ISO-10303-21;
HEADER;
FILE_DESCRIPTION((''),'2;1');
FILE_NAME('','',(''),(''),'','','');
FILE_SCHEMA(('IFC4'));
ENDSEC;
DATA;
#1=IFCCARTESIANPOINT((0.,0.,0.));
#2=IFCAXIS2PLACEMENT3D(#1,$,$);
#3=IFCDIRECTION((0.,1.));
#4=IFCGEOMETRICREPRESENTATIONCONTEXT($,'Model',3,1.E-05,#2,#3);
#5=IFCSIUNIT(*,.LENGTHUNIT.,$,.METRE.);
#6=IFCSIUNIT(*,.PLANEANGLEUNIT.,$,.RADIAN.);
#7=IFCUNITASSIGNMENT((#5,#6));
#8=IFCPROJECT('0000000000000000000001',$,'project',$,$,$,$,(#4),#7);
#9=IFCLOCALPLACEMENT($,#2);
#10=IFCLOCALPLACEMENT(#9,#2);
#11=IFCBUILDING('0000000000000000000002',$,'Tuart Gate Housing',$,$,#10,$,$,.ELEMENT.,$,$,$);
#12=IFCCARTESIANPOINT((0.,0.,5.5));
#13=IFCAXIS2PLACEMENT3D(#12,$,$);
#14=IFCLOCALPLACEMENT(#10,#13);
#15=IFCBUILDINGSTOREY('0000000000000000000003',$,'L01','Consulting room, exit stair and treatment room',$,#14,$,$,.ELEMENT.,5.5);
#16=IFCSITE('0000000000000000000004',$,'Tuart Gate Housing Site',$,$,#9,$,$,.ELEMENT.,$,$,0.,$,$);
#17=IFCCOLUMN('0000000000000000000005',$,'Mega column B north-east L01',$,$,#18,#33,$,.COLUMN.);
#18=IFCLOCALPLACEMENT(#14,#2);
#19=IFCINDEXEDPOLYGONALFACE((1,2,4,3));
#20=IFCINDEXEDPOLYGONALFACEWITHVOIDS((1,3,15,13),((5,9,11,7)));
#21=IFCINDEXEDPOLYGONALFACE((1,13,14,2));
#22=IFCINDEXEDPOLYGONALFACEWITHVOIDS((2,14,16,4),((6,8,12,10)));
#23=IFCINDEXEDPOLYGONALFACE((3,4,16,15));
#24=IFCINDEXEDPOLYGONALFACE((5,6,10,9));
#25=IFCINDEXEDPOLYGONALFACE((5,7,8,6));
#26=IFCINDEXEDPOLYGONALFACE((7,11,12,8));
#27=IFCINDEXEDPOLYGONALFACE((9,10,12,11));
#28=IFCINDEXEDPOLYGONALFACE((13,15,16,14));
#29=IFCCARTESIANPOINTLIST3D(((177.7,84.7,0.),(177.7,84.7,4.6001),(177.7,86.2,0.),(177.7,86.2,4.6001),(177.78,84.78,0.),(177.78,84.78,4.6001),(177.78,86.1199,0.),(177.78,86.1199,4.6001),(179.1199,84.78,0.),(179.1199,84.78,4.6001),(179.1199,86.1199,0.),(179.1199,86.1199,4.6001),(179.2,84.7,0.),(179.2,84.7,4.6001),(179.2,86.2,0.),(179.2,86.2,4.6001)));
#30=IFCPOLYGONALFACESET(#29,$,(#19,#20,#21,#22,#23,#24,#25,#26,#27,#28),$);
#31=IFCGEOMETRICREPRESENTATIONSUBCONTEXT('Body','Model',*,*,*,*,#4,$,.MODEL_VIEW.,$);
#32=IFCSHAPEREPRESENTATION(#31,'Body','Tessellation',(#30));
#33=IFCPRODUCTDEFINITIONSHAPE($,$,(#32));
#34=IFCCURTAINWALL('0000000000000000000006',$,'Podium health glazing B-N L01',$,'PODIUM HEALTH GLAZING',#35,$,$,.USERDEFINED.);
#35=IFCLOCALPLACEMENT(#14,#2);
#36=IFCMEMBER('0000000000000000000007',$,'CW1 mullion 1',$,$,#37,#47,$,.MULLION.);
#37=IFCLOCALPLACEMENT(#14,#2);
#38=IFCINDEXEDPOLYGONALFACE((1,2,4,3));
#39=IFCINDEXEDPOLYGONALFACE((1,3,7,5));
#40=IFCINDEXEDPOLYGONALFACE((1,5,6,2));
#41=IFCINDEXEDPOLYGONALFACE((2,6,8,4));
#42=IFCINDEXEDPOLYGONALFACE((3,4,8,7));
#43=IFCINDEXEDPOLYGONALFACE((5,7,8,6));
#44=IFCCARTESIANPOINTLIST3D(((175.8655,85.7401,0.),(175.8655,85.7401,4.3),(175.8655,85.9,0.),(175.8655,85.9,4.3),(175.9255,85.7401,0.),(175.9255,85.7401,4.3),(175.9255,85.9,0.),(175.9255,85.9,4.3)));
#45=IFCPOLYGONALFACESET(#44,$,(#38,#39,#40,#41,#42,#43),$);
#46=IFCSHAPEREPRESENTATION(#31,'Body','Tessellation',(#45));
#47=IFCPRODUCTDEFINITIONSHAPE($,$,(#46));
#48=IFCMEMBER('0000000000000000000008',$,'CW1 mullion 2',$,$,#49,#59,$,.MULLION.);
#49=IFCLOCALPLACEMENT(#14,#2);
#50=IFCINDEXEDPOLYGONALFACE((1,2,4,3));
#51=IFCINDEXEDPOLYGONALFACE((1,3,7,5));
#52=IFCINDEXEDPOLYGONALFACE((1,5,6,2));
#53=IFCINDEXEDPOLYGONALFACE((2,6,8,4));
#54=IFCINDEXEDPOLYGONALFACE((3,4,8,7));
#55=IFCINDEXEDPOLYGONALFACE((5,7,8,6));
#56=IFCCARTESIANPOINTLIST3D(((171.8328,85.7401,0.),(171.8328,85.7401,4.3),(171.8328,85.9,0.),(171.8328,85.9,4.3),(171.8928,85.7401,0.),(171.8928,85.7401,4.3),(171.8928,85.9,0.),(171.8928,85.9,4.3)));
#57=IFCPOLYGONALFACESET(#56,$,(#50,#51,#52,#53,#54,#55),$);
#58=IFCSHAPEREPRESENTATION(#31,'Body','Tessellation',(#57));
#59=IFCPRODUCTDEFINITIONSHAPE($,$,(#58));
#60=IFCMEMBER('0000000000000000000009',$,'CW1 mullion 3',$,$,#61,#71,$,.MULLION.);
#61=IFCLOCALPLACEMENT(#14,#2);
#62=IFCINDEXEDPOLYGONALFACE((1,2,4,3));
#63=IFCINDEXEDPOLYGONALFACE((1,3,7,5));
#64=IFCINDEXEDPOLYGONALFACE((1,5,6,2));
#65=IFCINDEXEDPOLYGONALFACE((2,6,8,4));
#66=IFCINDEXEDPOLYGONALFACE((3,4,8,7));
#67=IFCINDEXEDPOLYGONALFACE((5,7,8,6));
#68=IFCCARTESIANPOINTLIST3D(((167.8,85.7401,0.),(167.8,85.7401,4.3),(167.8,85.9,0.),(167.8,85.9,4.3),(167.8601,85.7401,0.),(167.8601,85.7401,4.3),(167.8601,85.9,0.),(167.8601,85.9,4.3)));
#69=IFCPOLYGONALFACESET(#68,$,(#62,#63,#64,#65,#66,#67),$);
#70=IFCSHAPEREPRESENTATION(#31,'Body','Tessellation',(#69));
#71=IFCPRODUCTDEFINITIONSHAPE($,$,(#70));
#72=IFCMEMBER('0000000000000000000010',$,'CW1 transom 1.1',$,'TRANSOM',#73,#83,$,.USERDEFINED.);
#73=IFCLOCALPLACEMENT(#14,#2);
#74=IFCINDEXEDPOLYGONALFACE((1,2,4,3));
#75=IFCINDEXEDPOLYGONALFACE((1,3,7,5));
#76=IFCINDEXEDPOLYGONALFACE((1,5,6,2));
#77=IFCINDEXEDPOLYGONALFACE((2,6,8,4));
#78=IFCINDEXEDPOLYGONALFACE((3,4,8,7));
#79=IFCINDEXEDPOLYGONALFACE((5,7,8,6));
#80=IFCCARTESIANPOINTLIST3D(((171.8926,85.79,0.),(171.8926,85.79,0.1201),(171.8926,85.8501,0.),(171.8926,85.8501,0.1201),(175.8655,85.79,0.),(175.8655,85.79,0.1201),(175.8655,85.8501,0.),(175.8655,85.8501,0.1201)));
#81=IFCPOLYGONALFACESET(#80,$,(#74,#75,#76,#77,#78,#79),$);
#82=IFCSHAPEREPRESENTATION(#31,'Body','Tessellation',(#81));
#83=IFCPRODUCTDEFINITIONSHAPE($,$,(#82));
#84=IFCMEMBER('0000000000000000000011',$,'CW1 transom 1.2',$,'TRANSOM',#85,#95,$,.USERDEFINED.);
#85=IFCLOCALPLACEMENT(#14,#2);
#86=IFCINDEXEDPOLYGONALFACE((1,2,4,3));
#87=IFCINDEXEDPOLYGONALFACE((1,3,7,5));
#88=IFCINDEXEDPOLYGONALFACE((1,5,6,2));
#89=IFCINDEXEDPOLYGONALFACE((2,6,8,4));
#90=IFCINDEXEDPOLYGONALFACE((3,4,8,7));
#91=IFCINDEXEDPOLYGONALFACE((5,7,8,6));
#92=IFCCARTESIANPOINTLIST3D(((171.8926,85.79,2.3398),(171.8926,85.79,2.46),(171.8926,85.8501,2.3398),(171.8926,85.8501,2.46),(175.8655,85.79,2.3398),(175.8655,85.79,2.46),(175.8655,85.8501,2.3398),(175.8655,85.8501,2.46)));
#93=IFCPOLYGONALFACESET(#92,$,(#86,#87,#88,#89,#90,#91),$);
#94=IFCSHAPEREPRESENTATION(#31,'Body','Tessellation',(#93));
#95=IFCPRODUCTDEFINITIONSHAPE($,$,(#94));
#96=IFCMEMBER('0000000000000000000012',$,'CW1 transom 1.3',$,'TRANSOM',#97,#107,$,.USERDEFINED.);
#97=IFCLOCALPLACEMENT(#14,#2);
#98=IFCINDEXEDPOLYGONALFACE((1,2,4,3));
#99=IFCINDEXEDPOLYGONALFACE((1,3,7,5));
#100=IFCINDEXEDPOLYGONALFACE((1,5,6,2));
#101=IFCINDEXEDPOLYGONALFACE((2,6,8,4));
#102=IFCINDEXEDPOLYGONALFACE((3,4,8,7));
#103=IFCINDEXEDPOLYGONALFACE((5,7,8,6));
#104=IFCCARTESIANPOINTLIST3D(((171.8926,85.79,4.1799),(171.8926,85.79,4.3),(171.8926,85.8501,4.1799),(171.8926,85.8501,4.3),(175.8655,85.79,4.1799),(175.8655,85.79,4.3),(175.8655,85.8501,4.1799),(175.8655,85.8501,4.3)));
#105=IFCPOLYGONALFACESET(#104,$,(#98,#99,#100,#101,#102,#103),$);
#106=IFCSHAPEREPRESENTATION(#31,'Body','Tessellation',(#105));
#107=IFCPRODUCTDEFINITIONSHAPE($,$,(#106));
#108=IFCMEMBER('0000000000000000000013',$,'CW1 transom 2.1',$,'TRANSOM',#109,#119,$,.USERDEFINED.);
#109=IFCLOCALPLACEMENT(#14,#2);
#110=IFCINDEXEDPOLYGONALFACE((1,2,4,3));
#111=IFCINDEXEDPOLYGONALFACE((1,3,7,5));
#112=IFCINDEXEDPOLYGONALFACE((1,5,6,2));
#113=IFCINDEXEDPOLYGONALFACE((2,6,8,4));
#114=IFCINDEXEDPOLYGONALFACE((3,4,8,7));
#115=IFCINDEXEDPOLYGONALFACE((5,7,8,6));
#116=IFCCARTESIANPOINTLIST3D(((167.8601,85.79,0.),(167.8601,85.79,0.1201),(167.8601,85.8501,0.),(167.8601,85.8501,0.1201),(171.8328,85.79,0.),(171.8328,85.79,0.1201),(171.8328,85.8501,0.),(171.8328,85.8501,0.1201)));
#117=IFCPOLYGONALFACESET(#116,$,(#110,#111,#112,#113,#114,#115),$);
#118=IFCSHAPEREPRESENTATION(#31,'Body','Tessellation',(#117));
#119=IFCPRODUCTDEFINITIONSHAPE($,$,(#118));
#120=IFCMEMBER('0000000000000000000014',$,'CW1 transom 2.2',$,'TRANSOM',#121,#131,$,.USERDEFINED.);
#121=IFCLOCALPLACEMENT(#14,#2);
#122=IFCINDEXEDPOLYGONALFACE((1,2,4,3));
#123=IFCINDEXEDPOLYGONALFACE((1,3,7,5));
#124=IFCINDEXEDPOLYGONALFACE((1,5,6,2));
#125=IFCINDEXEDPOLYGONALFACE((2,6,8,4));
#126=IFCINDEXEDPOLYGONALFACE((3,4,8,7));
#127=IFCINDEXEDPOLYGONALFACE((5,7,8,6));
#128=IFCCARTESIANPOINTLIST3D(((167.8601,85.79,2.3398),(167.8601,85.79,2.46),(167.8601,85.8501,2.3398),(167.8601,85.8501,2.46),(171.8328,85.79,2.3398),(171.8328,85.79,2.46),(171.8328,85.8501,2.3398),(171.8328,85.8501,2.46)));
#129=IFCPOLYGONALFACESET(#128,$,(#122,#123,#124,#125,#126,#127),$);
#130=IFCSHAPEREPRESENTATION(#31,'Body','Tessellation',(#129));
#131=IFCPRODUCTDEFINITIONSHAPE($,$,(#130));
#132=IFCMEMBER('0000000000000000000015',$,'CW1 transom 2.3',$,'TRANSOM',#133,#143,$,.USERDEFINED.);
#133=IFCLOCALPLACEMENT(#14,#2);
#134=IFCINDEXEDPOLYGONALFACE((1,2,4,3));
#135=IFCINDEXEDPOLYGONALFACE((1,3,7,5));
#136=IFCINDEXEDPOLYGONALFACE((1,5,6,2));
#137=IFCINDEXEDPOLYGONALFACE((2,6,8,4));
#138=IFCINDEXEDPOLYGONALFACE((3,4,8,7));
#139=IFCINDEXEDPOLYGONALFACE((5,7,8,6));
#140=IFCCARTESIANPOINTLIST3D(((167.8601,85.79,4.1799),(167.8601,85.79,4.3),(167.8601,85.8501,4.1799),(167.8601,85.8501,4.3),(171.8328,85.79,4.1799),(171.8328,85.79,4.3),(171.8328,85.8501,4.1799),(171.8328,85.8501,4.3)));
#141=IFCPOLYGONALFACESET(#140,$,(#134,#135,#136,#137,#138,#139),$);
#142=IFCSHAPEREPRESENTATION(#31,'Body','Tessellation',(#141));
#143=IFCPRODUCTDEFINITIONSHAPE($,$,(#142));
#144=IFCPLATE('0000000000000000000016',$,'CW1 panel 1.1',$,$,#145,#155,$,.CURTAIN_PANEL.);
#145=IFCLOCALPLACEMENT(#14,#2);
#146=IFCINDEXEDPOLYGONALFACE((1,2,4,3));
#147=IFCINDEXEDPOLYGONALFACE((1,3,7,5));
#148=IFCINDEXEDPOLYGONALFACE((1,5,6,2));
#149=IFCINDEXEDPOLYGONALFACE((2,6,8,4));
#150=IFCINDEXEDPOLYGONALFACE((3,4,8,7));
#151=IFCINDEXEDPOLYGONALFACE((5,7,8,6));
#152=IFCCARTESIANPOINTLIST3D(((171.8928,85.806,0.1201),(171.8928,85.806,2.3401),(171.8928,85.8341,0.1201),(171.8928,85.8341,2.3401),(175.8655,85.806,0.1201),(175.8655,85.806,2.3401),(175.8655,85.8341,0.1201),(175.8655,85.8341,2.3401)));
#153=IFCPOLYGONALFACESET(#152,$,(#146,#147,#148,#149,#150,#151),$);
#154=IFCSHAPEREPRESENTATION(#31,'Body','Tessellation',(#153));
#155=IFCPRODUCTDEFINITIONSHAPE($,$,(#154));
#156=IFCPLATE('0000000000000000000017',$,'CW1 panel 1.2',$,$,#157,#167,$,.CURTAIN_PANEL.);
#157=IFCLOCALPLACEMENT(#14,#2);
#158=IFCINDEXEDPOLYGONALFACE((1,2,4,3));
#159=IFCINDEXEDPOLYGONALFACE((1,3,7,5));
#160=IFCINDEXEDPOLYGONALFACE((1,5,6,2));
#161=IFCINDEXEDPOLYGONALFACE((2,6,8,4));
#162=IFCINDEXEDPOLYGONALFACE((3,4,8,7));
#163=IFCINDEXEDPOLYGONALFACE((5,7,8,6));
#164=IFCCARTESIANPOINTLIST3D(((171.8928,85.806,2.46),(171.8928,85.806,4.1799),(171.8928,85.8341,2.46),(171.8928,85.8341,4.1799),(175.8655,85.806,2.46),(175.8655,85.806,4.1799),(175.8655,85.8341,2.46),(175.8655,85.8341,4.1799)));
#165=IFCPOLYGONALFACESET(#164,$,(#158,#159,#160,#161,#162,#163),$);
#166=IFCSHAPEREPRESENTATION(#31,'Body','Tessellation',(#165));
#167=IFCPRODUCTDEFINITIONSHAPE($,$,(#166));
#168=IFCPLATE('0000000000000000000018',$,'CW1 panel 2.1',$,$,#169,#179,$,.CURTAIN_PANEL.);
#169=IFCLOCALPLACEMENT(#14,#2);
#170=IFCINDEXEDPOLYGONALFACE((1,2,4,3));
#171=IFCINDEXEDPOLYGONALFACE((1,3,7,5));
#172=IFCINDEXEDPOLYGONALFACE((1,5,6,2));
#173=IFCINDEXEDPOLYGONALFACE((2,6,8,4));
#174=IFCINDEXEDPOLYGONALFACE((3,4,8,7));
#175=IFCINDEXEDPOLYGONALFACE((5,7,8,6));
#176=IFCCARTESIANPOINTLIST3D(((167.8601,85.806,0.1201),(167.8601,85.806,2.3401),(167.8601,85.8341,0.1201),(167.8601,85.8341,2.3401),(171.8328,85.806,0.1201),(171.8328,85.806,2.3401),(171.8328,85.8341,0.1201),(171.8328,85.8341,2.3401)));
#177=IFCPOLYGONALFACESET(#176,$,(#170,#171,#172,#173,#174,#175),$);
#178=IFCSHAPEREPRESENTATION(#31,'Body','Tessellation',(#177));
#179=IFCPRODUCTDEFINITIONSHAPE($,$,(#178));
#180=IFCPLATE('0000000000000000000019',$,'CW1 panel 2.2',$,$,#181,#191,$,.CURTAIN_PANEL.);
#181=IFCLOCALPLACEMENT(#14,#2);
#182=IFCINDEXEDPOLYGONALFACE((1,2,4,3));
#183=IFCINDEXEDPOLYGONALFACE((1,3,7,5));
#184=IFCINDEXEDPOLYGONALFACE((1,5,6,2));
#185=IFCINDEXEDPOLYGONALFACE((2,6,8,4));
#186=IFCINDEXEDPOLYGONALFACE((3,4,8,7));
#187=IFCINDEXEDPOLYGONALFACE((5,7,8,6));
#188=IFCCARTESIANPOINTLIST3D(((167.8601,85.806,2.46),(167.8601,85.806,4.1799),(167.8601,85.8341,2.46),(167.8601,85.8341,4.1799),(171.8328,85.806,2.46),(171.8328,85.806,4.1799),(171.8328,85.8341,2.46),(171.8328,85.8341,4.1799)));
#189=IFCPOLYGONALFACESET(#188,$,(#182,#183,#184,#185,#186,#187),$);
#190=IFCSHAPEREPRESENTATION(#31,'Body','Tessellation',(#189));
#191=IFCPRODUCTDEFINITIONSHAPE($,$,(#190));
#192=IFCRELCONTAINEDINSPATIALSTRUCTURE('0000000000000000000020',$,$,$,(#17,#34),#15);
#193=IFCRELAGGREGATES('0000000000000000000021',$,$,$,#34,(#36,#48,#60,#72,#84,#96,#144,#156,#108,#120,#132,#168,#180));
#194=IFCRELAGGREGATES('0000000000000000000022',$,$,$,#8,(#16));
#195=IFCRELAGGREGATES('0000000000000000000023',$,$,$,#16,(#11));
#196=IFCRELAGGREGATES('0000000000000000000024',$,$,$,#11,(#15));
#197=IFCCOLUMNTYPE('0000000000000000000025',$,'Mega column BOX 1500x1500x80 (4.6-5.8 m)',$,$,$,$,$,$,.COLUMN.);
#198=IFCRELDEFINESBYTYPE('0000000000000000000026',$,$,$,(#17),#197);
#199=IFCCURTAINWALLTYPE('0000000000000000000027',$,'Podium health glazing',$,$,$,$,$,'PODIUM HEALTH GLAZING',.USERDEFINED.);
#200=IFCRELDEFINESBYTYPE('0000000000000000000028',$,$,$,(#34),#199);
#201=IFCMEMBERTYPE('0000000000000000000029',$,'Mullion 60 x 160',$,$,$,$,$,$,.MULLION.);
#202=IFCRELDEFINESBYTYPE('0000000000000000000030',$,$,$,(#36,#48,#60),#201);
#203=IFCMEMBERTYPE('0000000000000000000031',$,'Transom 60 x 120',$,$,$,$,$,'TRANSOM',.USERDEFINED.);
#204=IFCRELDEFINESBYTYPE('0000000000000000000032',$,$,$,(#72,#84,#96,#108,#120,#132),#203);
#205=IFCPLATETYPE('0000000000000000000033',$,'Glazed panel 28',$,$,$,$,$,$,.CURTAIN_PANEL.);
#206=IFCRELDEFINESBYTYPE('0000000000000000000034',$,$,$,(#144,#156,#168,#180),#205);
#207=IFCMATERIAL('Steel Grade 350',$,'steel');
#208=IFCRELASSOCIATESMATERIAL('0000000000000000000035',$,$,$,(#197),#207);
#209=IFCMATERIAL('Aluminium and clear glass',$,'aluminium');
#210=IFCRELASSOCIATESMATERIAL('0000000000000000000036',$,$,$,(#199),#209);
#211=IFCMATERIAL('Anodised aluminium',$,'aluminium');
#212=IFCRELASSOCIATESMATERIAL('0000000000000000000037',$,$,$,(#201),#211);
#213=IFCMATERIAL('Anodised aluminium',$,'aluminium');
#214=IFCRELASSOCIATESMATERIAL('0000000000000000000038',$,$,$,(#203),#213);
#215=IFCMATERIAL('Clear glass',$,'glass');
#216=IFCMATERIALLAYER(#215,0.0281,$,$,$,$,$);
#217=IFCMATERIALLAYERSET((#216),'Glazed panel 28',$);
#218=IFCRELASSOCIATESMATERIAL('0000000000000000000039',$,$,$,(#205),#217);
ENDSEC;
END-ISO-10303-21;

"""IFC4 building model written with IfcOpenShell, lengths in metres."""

from ifc_helpers import new_model, si_unit, direction, frame, origin, origin_2d, place, context, subcontext, project, spatial, rectangle, hollow_rectangle, extrude, material, layer, layer_set, material_profile, profile_set, type_object, element, aggregate, save


model = new_model("IFC4")

# Units and contexts
model_context = context("Model", 3, precision=1e-05, world=origin(), true_north=direction((0.0, 1.0)))
body_context = subcontext(model_context, "Body", "Model", "MODEL_VIEW")
ifc_project = project(units=[si_unit("LENGTHUNIT", "METRE"), si_unit("PLANEANGLEUNIT", "RADIAN")], contexts=[model_context])

# Site, building, storey
site_placement = place(None, origin())
site = spatial("IfcSite", under=ifc_project, at=site_placement, Name="Tuart Gate Housing Site", CompositionType="ELEMENT", RefElevation=0.0)
building_placement = place(site_placement, origin())
building = spatial("IfcBuilding", under=site, at=building_placement, Name="Tuart Gate Housing", CompositionType="ELEMENT")
storey_placement = place(building_placement, frame((0.0, 0.0, 5.5)))
storey = spatial("IfcBuildingStorey", under=building, at=storey_placement, Name="L01", Description="Consulting room, exit stair and treatment room", CompositionType="ELEMENT", Elevation=5.5)

# Column
ifc_material_1 = material(Name="Steel Grade 350", Category="steel")
ifc_material_profile_1 = material_profile(ifc_material_1, hollow_rectangle(XDim=1.5, YDim=1.5, WallThickness=0.0801, at=origin_2d()), Name="BOX 1500x1500x80")
ifc_profile_set_1 = profile_set([ifc_material_profile_1], Name="Steel Grade 350")
column_type = type_object("IfcColumnType", Name="Mega column BOX 1500x1500x80 (4.6-5.8 m)", PredefinedType="COLUMN", material=ifc_profile_set_1)
column_placement = place(storey_placement, frame((178.45, 85.45, 0.0), z_axis=(0.0, 0.0, 1.0), x_axis=(1.0, 0.0, 0.0)))
element("IfcColumn", 1, at=column_placement, inside=storey, type_object=column_type, Name="Mega column B north-east L01", PredefinedType="COLUMN", context=body_context, shape_type="SweptSolid", body=[
    extrude(hollow_rectangle(XDim=1.5, YDim=1.5, WallThickness=0.0801, at=origin_2d()), origin(), (0.0, 0.0, 1.0), 4.6001),
])

# Curtain wall, members, plates
ifc_material_2 = material(Name="Aluminium and clear glass", Category="aluminium")
curtain_wall_type = type_object("IfcCurtainWallType", Name="Podium health glazing", ElementType="PODIUM HEALTH GLAZING", PredefinedType="USERDEFINED", material=ifc_material_2)
curtain_wall_placement = place(storey_placement, origin())
curtain_wall = element("IfcCurtainWall", 2, at=curtain_wall_placement, inside=storey, type_object=curtain_wall_type, Name="Podium health glazing B-N L01", ObjectType="PODIUM HEALTH GLAZING", PredefinedType="USERDEFINED")
ifc_material_3 = material(Name="Anodised aluminium", Category="aluminium")
ifc_material_profile_2 = material_profile(ifc_material_3, rectangle(XDim=0.0601, YDim=0.1599, at=origin_2d()), Name="60x160")
ifc_profile_set_2 = profile_set([ifc_material_profile_2], Name="Anodised aluminium")
member_type_1 = type_object("IfcMemberType", Name="Mullion 60 x 160", PredefinedType="MULLION", material=ifc_profile_set_2)
member_1_placement = place(storey_placement, frame((175.8955, 85.8201, 0.0), z_axis=(0.0, 0.0, 1.0), x_axis=(-1.0, 0.0, 0.0)))
member_1 = element("IfcMember", 3, at=member_1_placement, type_object=member_type_1, Name="CW1 mullion 1", PredefinedType="MULLION", context=body_context, shape_type="SweptSolid", body=[
    extrude(rectangle(XDim=0.0601, YDim=0.1599, at=origin_2d()), origin(), (0.0, 0.0, 1.0), 4.3),
])
member_2_placement = place(storey_placement, frame((171.8628, 85.8201, 0.0), z_axis=(0.0, 0.0, 1.0), x_axis=(-1.0, 0.0, 0.0)))
member_2 = element("IfcMember", 4, at=member_2_placement, type_object=member_type_1, Name="CW1 mullion 2", PredefinedType="MULLION", context=body_context, shape_type="SweptSolid", body=[
    extrude(rectangle(XDim=0.0601, YDim=0.1599, at=origin_2d()), origin(), (0.0, 0.0, 1.0), 4.3),
])
member_3_placement = place(storey_placement, frame((167.8301, 85.8201, 0.0), z_axis=(0.0, 0.0, 1.0), x_axis=(-1.0, 0.0, 0.0)))
member_3 = element("IfcMember", 5, at=member_3_placement, type_object=member_type_1, Name="CW1 mullion 3", PredefinedType="MULLION", context=body_context, shape_type="SweptSolid", body=[
    extrude(rectangle(XDim=0.0601, YDim=0.1599, at=origin_2d()), origin(), (0.0, 0.0, 1.0), 4.3),
])
ifc_material_4 = material(Name="Anodised aluminium", Category="aluminium")
ifc_material_profile_3 = material_profile(ifc_material_4, rectangle(XDim=0.0601, YDim=0.1201, at=origin_2d()), Name="60x120")
ifc_profile_set_3 = profile_set([ifc_material_profile_3], Name="Anodised aluminium")
member_type_2 = type_object("IfcMemberType", Name="Transom 60 x 120", ElementType="TRANSOM", PredefinedType="USERDEFINED", material=ifc_profile_set_3)
member_4_placement = place(storey_placement, frame((175.8655, 85.8201, 0.0601), z_axis=(-1.0, 0.0, 0.0), x_axis=(0.0, -1.0, 0.0)))
member_4 = element("IfcMember", 6, at=member_4_placement, type_object=member_type_2, Name="CW1 transom 1.1", ObjectType="TRANSOM", PredefinedType="USERDEFINED", context=body_context, shape_type="SweptSolid", body=[
    extrude(rectangle(XDim=0.0601, YDim=0.1201, at=origin_2d()), origin(), (0.0, 0.0, 1.0), 3.9729),
])
member_5_placement = place(storey_placement, frame((175.8655, 85.8201, 2.3999), z_axis=(-1.0, 0.0, 0.0), x_axis=(0.0, -1.0, 0.0)))
member_5 = element("IfcMember", 7, at=member_5_placement, type_object=member_type_2, Name="CW1 transom 1.2", ObjectType="TRANSOM", PredefinedType="USERDEFINED", context=body_context, shape_type="SweptSolid", body=[
    extrude(rectangle(XDim=0.0601, YDim=0.1201, at=origin_2d()), origin(), (0.0, 0.0, 1.0), 3.9729),
])
member_6_placement = place(storey_placement, frame((175.8655, 85.8201, 4.24), z_axis=(-1.0, 0.0, 0.0), x_axis=(0.0, -1.0, 0.0)))
member_6 = element("IfcMember", 8, at=member_6_placement, type_object=member_type_2, Name="CW1 transom 1.3", ObjectType="TRANSOM", PredefinedType="USERDEFINED", context=body_context, shape_type="SweptSolid", body=[
    extrude(rectangle(XDim=0.0601, YDim=0.1201, at=origin_2d()), origin(), (0.0, 0.0, 1.0), 3.9729),
])
member_7_placement = place(storey_placement, frame((171.8328, 85.8201, 0.0601), z_axis=(-1.0, 0.0, 0.0), x_axis=(0.0, -1.0, 0.0)))
member_7 = element("IfcMember", 9, at=member_7_placement, type_object=member_type_2, Name="CW1 transom 2.1", ObjectType="TRANSOM", PredefinedType="USERDEFINED", context=body_context, shape_type="SweptSolid", body=[
    extrude(rectangle(XDim=0.0601, YDim=0.1201, at=origin_2d()), origin(), (0.0, 0.0, 1.0), 3.9727),
])
member_8_placement = place(storey_placement, frame((171.8328, 85.8201, 2.3999), z_axis=(-1.0, 0.0, 0.0), x_axis=(0.0, -1.0, 0.0)))
member_8 = element("IfcMember", 10, at=member_8_placement, type_object=member_type_2, Name="CW1 transom 2.2", ObjectType="TRANSOM", PredefinedType="USERDEFINED", context=body_context, shape_type="SweptSolid", body=[
    extrude(rectangle(XDim=0.0601, YDim=0.1201, at=origin_2d()), origin(), (0.0, 0.0, 1.0), 3.9727),
])
member_9_placement = place(storey_placement, frame((171.8328, 85.8201, 4.24), z_axis=(-1.0, 0.0, 0.0), x_axis=(0.0, -1.0, 0.0)))
member_9 = element("IfcMember", 11, at=member_9_placement, type_object=member_type_2, Name="CW1 transom 2.3", ObjectType="TRANSOM", PredefinedType="USERDEFINED", context=body_context, shape_type="SweptSolid", body=[
    extrude(rectangle(XDim=0.0601, YDim=0.1201, at=origin_2d()), origin(), (0.0, 0.0, 1.0), 3.9727),
])
ifc_material_5 = material(Name="Clear glass", Category="glass")
ifc_layer_1 = layer(ifc_material_5, 0.0281)
ifc_layer_set_1 = layer_set([ifc_layer_1], Name="Glazed panel 28")
plate_type = type_object("IfcPlateType", Name="Glazed panel 28", PredefinedType="CURTAIN_PANEL", material=ifc_layer_set_1)
plate_1_placement = place(storey_placement, frame((173.8792, 85.8201, 0.1201), z_axis=(0.0, 0.0, 1.0), x_axis=(-1.0, 0.0, 0.0)))
plate_1 = element("IfcPlate", 12, at=plate_1_placement, type_object=plate_type, Name="CW1 panel 1.1", PredefinedType="CURTAIN_PANEL", context=body_context, shape_type="SweptSolid", body=[
    extrude(rectangle(XDim=3.9727, YDim=0.0281, at=origin_2d()), origin(), (0.0, 0.0, 1.0), 2.22),
])
plate_2_placement = place(storey_placement, frame((173.8792, 85.8201, 2.46), z_axis=(0.0, 0.0, 1.0), x_axis=(-1.0, 0.0, 0.0)))
plate_2 = element("IfcPlate", 13, at=plate_2_placement, type_object=plate_type, Name="CW1 panel 1.2", PredefinedType="CURTAIN_PANEL", context=body_context, shape_type="SweptSolid", body=[
    extrude(rectangle(XDim=3.9727, YDim=0.0281, at=origin_2d()), origin(), (0.0, 0.0, 1.0), 1.72),
])
plate_3_placement = place(storey_placement, frame((169.8464, 85.8201, 0.1201), z_axis=(0.0, 0.0, 1.0), x_axis=(-1.0, 0.0, 0.0)))
plate_3 = element("IfcPlate", 14, at=plate_3_placement, type_object=plate_type, Name="CW1 panel 2.1", PredefinedType="CURTAIN_PANEL", context=body_context, shape_type="SweptSolid", body=[
    extrude(rectangle(XDim=3.9727, YDim=0.0281, at=origin_2d()), origin(), (0.0, 0.0, 1.0), 2.22),
])
plate_4_placement = place(storey_placement, frame((169.8464, 85.8201, 2.46), z_axis=(0.0, 0.0, 1.0), x_axis=(-1.0, 0.0, 0.0)))
plate_4 = element("IfcPlate", 15, at=plate_4_placement, type_object=plate_type, Name="CW1 panel 2.2", PredefinedType="CURTAIN_PANEL", context=body_context, shape_type="SweptSolid", body=[
    extrude(rectangle(XDim=3.9727, YDim=0.0281, at=origin_2d()), origin(), (0.0, 0.0, 1.0), 1.72),
])
aggregate(curtain_wall, [member_1, member_2, member_3, member_4, member_5, member_6, plate_1, plate_2, member_7, member_8, member_9, plate_3, plate_4])

save(model, "model.ifc")
